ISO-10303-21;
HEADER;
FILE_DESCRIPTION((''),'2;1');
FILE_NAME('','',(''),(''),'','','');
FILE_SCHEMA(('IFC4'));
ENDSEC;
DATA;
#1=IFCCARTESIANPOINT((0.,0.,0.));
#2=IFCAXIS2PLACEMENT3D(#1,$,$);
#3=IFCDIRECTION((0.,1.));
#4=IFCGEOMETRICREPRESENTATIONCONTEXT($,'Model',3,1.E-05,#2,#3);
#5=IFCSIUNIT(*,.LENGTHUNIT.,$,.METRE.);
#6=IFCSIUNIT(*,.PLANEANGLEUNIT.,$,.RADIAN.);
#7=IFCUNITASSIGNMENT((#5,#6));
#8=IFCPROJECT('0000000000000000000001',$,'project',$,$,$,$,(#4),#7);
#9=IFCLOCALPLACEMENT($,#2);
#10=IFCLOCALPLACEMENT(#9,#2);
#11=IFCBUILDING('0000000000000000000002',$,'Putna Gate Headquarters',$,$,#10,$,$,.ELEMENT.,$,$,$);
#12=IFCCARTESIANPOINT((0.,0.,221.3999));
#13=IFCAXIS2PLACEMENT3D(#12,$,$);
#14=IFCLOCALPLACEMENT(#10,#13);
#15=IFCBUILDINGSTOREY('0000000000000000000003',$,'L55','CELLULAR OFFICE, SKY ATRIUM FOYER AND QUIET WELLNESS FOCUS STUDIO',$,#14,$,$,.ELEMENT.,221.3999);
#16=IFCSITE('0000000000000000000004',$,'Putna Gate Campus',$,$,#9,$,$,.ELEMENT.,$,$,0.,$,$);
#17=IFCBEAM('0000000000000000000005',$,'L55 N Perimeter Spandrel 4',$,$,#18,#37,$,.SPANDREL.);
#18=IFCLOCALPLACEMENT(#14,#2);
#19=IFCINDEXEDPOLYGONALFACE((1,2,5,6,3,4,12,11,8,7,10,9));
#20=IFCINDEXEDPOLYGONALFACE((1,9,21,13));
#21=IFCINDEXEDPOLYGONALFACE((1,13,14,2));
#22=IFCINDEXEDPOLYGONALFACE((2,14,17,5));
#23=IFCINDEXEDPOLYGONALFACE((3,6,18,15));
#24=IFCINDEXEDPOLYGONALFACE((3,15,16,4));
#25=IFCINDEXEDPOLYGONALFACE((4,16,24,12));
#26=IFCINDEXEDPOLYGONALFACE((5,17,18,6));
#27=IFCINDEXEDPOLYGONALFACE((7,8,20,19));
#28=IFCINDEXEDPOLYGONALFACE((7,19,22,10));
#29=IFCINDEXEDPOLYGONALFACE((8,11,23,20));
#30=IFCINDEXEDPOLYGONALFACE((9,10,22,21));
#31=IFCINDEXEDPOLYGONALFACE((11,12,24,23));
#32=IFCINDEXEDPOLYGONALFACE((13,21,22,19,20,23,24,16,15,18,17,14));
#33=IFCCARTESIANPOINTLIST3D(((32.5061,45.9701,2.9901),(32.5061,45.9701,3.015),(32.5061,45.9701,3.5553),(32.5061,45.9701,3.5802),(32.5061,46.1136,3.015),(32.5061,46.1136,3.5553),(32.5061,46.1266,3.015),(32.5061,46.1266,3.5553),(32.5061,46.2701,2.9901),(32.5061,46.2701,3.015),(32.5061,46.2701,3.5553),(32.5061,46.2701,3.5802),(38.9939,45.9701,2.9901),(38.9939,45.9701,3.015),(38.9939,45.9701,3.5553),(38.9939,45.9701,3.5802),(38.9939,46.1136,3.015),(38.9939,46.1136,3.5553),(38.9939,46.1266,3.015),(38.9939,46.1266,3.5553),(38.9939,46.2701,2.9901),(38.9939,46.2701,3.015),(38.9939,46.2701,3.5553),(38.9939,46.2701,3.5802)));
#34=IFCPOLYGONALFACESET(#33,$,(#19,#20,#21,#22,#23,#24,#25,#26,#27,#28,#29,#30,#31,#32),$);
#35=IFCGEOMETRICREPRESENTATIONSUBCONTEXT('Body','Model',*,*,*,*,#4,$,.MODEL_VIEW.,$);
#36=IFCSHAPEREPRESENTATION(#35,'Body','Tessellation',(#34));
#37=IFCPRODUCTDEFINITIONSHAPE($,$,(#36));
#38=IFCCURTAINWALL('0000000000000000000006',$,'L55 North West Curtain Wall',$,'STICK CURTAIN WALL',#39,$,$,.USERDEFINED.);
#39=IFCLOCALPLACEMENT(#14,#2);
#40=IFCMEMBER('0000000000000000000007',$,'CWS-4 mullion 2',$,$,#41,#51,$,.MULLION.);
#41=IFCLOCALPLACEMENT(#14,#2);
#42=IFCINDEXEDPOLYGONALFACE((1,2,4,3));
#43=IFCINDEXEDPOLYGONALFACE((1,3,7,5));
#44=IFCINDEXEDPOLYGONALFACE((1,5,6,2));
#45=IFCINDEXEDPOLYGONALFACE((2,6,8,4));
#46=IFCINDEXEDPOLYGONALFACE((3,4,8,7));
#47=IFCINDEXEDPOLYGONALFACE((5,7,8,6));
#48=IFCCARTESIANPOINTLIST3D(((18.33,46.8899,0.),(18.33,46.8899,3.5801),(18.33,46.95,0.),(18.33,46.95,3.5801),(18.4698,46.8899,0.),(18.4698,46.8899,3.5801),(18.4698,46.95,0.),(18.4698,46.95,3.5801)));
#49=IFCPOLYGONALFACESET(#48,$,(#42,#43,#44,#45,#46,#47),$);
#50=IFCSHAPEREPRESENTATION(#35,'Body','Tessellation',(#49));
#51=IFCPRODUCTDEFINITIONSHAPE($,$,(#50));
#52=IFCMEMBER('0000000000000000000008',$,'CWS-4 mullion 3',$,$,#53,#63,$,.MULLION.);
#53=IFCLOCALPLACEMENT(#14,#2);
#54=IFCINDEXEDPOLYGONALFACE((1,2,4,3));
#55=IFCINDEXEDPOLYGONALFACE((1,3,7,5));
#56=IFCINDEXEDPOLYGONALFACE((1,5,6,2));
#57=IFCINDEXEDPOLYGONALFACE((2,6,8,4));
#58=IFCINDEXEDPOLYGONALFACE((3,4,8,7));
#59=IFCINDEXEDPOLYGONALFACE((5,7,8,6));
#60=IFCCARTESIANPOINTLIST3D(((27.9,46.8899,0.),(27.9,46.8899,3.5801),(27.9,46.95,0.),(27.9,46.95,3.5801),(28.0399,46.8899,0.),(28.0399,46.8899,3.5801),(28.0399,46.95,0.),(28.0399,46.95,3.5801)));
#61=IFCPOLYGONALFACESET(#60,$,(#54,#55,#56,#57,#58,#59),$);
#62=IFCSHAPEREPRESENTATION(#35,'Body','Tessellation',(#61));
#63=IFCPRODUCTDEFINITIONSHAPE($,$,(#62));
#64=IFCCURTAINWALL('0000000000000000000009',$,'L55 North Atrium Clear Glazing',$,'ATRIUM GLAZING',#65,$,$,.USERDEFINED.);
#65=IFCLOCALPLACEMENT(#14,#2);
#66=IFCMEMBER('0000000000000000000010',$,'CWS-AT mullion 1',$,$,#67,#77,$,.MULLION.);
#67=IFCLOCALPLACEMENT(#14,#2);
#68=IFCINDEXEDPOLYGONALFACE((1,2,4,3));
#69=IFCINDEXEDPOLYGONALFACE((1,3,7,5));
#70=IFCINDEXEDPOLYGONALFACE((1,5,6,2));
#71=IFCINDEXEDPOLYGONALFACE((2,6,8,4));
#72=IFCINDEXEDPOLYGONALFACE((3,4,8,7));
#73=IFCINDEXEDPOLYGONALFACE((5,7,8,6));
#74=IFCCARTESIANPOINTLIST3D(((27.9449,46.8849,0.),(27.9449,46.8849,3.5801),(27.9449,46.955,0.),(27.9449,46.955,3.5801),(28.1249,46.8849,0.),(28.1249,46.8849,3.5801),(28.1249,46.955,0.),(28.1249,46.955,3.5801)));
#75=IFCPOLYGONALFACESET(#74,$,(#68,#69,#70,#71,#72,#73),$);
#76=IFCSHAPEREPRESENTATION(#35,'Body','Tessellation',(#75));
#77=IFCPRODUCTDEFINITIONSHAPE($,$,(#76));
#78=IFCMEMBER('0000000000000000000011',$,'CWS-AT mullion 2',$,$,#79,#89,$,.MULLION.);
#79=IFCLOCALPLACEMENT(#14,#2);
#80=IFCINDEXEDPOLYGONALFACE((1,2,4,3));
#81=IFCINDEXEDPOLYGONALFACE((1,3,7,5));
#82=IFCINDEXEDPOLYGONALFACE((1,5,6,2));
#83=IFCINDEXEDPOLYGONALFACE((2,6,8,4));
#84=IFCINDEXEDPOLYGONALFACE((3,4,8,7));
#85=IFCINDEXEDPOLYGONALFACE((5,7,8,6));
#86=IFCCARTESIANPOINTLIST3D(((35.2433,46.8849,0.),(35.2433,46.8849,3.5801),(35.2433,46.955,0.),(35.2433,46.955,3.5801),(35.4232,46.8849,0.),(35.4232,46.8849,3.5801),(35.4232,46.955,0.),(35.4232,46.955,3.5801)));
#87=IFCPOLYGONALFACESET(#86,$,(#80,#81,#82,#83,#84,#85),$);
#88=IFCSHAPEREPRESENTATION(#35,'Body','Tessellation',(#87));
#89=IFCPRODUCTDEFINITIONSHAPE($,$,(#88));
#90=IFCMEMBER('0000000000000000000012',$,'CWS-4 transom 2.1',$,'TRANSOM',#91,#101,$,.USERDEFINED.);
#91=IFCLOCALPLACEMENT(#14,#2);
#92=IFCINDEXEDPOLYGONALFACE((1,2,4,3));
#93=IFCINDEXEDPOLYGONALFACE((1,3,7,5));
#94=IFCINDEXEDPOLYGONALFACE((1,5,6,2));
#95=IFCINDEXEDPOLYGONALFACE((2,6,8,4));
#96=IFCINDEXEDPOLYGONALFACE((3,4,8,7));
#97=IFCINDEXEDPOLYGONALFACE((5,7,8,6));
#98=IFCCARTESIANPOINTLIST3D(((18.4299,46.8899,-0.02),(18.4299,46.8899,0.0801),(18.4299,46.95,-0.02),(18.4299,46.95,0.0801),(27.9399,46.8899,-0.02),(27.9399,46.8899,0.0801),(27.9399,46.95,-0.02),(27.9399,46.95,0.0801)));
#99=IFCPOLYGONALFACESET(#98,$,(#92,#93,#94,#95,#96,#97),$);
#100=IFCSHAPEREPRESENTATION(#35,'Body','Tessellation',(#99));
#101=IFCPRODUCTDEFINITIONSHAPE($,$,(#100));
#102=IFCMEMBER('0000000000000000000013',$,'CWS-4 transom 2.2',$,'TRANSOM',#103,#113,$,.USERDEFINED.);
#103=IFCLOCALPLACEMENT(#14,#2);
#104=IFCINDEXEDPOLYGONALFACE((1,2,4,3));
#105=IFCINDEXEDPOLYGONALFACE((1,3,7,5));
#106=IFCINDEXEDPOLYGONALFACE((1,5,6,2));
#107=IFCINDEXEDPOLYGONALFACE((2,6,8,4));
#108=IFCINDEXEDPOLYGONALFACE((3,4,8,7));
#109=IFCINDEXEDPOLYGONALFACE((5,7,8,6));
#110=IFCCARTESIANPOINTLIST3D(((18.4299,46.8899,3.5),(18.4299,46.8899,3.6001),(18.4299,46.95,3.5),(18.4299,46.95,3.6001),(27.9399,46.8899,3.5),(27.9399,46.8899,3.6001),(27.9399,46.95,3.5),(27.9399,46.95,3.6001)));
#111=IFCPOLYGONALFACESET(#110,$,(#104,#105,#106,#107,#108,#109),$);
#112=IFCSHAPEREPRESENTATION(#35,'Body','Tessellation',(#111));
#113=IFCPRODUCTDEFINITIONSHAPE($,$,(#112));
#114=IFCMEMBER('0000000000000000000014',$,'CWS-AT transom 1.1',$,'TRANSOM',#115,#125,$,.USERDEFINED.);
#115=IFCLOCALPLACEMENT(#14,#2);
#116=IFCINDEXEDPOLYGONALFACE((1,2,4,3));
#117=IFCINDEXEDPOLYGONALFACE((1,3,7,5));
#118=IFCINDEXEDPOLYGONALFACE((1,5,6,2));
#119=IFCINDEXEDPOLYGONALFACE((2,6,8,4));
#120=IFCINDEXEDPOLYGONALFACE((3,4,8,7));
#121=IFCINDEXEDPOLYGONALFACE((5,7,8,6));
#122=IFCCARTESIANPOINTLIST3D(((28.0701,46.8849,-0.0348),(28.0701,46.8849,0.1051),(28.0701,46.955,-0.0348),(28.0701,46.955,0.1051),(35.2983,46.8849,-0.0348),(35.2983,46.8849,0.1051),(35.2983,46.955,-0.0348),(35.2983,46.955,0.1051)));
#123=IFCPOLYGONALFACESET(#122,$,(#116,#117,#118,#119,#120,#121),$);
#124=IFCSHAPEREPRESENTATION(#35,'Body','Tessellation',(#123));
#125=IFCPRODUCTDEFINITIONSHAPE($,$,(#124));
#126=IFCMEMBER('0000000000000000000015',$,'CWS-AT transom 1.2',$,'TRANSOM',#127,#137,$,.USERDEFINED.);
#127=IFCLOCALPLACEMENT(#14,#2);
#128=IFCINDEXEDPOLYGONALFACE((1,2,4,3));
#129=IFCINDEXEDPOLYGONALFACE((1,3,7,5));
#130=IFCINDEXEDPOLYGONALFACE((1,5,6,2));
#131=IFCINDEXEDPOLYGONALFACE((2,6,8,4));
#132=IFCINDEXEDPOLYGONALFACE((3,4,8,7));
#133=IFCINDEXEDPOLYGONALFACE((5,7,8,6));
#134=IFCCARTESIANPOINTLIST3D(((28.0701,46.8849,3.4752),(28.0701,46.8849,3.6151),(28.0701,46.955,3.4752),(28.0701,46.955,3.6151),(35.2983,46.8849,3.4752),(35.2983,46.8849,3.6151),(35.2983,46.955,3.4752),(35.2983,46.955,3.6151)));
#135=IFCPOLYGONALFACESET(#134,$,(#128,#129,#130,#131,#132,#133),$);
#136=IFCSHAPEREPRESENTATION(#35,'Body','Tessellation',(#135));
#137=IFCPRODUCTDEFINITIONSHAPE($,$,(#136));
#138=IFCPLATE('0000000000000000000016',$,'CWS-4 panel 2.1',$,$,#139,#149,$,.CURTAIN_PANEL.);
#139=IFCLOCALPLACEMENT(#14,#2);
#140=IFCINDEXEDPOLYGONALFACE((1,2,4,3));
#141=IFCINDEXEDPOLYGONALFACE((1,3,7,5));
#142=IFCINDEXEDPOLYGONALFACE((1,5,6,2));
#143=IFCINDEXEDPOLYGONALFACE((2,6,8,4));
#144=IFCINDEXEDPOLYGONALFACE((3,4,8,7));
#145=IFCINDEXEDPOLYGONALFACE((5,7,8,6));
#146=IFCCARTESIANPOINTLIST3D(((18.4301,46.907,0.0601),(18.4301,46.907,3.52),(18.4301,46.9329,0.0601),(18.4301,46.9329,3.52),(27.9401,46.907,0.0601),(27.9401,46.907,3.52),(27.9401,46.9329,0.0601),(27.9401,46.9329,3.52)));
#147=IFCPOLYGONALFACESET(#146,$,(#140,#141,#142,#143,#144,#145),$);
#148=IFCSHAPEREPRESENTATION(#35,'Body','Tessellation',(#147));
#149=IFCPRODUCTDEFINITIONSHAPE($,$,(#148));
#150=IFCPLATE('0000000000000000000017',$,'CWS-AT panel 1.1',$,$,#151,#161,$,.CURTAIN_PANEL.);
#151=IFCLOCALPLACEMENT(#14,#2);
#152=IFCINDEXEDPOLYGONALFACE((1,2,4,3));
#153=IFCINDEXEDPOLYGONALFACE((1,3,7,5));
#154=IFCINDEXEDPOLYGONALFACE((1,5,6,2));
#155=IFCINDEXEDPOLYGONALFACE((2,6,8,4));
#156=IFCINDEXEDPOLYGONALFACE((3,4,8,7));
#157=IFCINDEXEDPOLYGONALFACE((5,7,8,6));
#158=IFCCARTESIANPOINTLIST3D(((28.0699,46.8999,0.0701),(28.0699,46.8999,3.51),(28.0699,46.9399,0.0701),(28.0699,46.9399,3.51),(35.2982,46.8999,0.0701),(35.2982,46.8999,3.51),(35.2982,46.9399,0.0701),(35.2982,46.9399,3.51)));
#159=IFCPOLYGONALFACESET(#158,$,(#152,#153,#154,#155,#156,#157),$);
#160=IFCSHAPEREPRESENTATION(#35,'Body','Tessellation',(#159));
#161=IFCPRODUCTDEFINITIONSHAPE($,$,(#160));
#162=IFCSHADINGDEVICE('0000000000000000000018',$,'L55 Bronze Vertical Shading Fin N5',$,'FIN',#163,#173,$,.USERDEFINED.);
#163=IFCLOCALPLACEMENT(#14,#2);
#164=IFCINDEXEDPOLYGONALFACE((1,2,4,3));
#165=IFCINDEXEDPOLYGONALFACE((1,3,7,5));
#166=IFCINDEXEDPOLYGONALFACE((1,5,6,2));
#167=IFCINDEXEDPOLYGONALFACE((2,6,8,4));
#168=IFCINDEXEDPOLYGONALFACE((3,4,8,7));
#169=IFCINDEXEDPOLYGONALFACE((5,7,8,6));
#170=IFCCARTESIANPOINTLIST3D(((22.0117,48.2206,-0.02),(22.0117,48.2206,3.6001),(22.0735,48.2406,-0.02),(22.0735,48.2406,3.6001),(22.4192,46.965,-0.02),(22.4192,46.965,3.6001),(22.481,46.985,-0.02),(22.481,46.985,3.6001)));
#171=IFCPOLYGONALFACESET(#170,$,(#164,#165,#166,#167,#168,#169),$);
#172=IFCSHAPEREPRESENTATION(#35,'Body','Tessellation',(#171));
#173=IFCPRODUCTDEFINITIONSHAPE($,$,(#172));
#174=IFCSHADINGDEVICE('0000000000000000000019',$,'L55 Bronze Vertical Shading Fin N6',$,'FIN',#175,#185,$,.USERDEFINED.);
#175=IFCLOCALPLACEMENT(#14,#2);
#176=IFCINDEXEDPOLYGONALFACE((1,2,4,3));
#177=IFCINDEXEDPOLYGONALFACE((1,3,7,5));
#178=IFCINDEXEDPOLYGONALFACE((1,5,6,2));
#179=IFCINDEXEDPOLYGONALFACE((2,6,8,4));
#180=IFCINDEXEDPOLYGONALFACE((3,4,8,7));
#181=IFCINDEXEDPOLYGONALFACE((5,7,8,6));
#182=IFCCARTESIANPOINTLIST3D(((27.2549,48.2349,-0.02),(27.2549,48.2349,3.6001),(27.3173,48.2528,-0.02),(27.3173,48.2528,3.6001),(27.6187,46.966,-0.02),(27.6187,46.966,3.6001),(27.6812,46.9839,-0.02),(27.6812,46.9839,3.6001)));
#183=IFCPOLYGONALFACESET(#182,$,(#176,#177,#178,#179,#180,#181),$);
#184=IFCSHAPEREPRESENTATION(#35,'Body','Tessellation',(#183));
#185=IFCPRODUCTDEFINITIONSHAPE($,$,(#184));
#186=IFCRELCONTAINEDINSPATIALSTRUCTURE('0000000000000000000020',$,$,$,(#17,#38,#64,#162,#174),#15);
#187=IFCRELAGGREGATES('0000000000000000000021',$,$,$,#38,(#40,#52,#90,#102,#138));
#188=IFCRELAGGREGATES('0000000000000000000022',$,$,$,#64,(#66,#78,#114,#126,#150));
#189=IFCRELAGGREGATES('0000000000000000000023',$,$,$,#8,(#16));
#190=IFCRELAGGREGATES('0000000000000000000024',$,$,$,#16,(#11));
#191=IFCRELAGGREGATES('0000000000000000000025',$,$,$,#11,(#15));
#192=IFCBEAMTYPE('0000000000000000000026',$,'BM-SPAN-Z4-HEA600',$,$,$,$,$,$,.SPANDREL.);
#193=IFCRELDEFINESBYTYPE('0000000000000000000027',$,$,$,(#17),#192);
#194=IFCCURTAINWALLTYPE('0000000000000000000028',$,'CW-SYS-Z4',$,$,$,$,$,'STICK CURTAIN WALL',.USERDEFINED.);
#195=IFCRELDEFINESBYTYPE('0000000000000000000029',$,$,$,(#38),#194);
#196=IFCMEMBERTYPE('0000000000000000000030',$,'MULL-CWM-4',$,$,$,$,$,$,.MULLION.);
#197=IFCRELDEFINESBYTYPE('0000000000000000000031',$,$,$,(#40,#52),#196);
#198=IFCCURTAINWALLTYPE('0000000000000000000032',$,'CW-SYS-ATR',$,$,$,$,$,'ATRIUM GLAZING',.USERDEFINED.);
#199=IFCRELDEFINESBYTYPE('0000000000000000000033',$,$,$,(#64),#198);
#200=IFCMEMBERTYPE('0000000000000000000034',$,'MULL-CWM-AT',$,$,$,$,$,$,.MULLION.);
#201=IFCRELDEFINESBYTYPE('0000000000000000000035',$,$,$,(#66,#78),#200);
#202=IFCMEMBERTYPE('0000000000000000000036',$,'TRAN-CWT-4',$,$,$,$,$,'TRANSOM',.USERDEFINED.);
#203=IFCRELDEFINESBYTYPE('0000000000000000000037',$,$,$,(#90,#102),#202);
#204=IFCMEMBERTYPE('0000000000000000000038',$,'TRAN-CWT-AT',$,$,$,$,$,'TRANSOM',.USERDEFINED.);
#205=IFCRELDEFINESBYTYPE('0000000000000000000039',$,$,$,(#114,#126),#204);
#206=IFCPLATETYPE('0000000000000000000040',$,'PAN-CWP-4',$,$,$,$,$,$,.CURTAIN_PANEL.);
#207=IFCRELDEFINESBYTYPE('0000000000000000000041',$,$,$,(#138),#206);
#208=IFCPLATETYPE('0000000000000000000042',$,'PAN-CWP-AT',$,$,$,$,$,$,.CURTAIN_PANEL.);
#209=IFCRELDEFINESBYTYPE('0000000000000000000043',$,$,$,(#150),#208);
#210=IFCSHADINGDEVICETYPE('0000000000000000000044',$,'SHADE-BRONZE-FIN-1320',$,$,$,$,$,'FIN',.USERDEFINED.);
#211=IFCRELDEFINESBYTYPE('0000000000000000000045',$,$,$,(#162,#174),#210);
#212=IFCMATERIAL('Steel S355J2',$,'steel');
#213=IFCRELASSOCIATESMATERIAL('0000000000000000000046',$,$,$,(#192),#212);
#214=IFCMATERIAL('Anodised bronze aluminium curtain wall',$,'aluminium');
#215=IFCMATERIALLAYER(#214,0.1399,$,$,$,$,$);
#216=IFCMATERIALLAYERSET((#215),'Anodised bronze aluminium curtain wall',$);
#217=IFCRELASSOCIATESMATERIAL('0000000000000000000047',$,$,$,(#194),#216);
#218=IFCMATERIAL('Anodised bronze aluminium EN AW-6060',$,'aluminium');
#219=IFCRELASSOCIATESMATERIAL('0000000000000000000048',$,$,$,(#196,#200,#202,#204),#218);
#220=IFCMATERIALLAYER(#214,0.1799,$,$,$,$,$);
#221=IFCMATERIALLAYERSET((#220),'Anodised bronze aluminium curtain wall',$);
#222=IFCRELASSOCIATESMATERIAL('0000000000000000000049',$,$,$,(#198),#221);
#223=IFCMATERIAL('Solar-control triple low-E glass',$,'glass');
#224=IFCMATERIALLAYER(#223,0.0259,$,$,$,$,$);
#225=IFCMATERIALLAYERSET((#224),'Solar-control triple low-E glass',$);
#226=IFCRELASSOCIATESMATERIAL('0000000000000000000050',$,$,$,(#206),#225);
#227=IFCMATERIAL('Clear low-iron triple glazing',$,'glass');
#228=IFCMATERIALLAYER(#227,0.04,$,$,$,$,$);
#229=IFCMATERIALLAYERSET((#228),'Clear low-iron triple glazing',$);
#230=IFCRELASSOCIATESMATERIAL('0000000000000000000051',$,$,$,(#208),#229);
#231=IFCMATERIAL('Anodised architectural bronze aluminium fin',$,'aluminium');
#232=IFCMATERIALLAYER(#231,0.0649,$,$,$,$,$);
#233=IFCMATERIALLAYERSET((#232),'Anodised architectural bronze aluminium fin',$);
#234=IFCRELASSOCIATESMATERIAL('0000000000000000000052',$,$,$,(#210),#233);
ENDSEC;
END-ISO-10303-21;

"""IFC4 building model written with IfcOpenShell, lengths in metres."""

from ifc_helpers import new_model, si_unit, direction, frame, origin, origin_2d, place, context, subcontext, project, spatial, rectangle, i_section, extrude, material, layer, layer_set, material_profile, profile_set, type_object, element, aggregate, save


model = new_model("IFC4")

# Units and contexts
model_context = context("Model", 3, precision=1e-05, world=origin(), true_north=direction((0.0, 1.0)))
body_context = subcontext(model_context, "Body", "Model", "MODEL_VIEW")
ifc_project = project(units=[si_unit("LENGTHUNIT", "METRE"), si_unit("PLANEANGLEUNIT", "RADIAN")], contexts=[model_context])

# Site, building, storey
site_placement = place(None, origin())
site = spatial("IfcSite", under=ifc_project, at=site_placement, Name="Putna Gate Campus", CompositionType="ELEMENT", RefElevation=0.0)
building_placement = place(site_placement, origin())
building = spatial("IfcBuilding", under=site, at=building_placement, Name="Putna Gate Headquarters", CompositionType="ELEMENT")
storey_placement = place(building_placement, frame((0.0, 0.0, 221.3999)))
storey = spatial("IfcBuildingStorey", under=building, at=storey_placement, Name="L55", Description="CELLULAR OFFICE, SKY ATRIUM FOYER AND QUIET WELLNESS FOCUS STUDIO", CompositionType="ELEMENT", Elevation=221.3999)

# Beam
ifc_material_1 = material(Name="Steel S355J2", Category="steel")
ifc_material_profile_1 = material_profile(ifc_material_1, i_section(OverallWidth=0.3, OverallDepth=0.5901, WebThickness=0.0129, FlangeThickness=0.0249, at=origin_2d()), Name="Steel S355J2")
ifc_profile_set_1 = profile_set([ifc_material_profile_1], Name="Steel S355J2")
beam_type_1 = type_object("IfcBeamType", Name="BM-SPAN-Z4-HEA600", PredefinedType="SPANDREL", material=ifc_profile_set_1)
for number, where, z_axis, x_axis, name in (
    (1, (32.5061, 46.1201, 3.2852), (1.0, 0.0, 0.0), (0.0, 1.0, 0.0), "L55 N Perimeter Spandrel 4"),
):
    element("IfcBeam", number, at=place(storey_placement, frame(where, z_axis=z_axis, x_axis=x_axis)), inside=storey, type_object=beam_type_1, Name=name, PredefinedType="SPANDREL", context=body_context, shape_type="SweptSolid", body=[
        extrude(i_section(OverallWidth=0.3, OverallDepth=0.5901, WebThickness=0.0129, FlangeThickness=0.0249, at=origin_2d()), origin(), (0.0, 0.0, 1.0), 6.4878),
    ])

# Curtain walls, members
ifc_material_2 = material(Name="Anodised bronze aluminium curtain wall", Category="aluminium")
ifc_layer_1 = layer(ifc_material_2, 0.1399)
ifc_layer_set_1 = layer_set([ifc_layer_1], Name="Anodised bronze aluminium curtain wall")
curtain_wall_type_1 = type_object("IfcCurtainWallType", Name="CW-SYS-Z4", ElementType="STICK CURTAIN WALL", PredefinedType="USERDEFINED", material=ifc_layer_set_1)
curtain_wall_1_placement = place(storey_placement, origin())
curtain_wall_1 = element("IfcCurtainWall", 2, at=curtain_wall_1_placement, inside=storey, type_object=curtain_wall_type_1, Name="L55 North West Curtain Wall", ObjectType="STICK CURTAIN WALL", PredefinedType="USERDEFINED")
ifc_material_3 = material(Name="Anodised bronze aluminium EN AW-6060", Category="aluminium")
ifc_material_profile_2 = material_profile(ifc_material_3, rectangle(XDim=0.0601, YDim=0.1399, at=origin_2d()), Name="Anodised bronze aluminium EN AW-6060")
ifc_profile_set_2 = profile_set([ifc_material_profile_2], Name="Anodised bronze aluminium EN AW-6060")
member_type_1 = type_object("IfcMemberType", Name="MULL-CWM-4", PredefinedType="MULLION", material=ifc_profile_set_2)
member_1_placement = place(storey_placement, frame((18.3999, 46.9199, 0.0), z_axis=(0.0, 0.0, 1.0), x_axis=(0.0, 1.0, 0.0)))
member_1 = element("IfcMember", 3, at=member_1_placement, type_object=member_type_1, Name="CWS-4 mullion 2", PredefinedType="MULLION", context=body_context, shape_type="SweptSolid", body=[
    extrude(rectangle(XDim=0.0601, YDim=0.1399, at=origin_2d()), origin(), (0.0, 0.0, 1.0), 3.5801),
])
member_2_placement = place(storey_placement, frame((27.97, 46.9199, 0.0), z_axis=(0.0, 0.0, 1.0), x_axis=(0.0, 1.0, 0.0)))
member_2 = element("IfcMember", 4, at=member_2_placement, type_object=member_type_1, Name="CWS-4 mullion 3", PredefinedType="MULLION", context=body_context, shape_type="SweptSolid", body=[
    extrude(rectangle(XDim=0.0601, YDim=0.1399, at=origin_2d()), origin(), (0.0, 0.0, 1.0), 3.5801),
])
ifc_layer_2 = layer(ifc_material_2, 0.1799)
ifc_layer_set_2 = layer_set([ifc_layer_2], Name="Anodised bronze aluminium curtain wall")
curtain_wall_type_2 = type_object("IfcCurtainWallType", Name="CW-SYS-ATR", ElementType="ATRIUM GLAZING", PredefinedType="USERDEFINED", material=ifc_layer_set_2)
curtain_wall_2_placement = place(storey_placement, origin())
curtain_wall_2 = element("IfcCurtainWall", 5, at=curtain_wall_2_placement, inside=storey, type_object=curtain_wall_type_2, Name="L55 North Atrium Clear Glazing", ObjectType="ATRIUM GLAZING", PredefinedType="USERDEFINED")
ifc_material_profile_3 = material_profile(ifc_material_3, rectangle(XDim=0.0701, YDim=0.1799, at=origin_2d()), Name="Anodised bronze aluminium EN AW-6060")
ifc_profile_set_3 = profile_set([ifc_material_profile_3], Name="Anodised bronze aluminium EN AW-6060")
member_type_2 = type_object("IfcMemberType", Name="MULL-CWM-AT", PredefinedType="MULLION", material=ifc_profile_set_3)
member_3_placement = place(storey_placement, frame((28.0349, 46.9199, 0.0), z_axis=(0.0, 0.0, 1.0), x_axis=(0.0, 1.0, 0.0)))
member_3 = element("IfcMember", 6, at=member_3_placement, type_object=member_type_2, Name="CWS-AT mullion 1", PredefinedType="MULLION", context=body_context, shape_type="SweptSolid", body=[
    extrude(rectangle(XDim=0.0701, YDim=0.1799, at=origin_2d()), origin(), (0.0, 0.0, 1.0), 3.5801),
])
member_4_placement = place(storey_placement, frame((35.3333, 46.9199, 0.0), z_axis=(0.0, 0.0, 1.0), x_axis=(0.0, 1.0, 0.0)))
member_4 = element("IfcMember", 7, at=member_4_placement, type_object=member_type_2, Name="CWS-AT mullion 2", PredefinedType="MULLION", context=body_context, shape_type="SweptSolid", body=[
    extrude(rectangle(XDim=0.0701, YDim=0.1799, at=origin_2d()), origin(), (0.0, 0.0, 1.0), 3.5801),
])

# Members
ifc_material_profile_4 = material_profile(ifc_material_3, rectangle(XDim=0.0601, YDim=0.1001, at=origin_2d()), Name="Anodised bronze aluminium EN AW-6060")
ifc_profile_set_4 = profile_set([ifc_material_profile_4], Name="Anodised bronze aluminium EN AW-6060")
member_type_3 = type_object("IfcMemberType", Name="TRAN-CWT-4", ElementType="TRANSOM", PredefinedType="USERDEFINED", material=ifc_profile_set_4)
member_5_placement = place(storey_placement, frame((18.4299, 46.9199, 0.03), z_axis=(1.0, 0.0, 0.0), x_axis=(0.0, 1.0, 0.0)))
member_5 = element("IfcMember", 8, at=member_5_placement, type_object=member_type_3, Name="CWS-4 transom 2.1", ObjectType="TRANSOM", PredefinedType="USERDEFINED", context=body_context, shape_type="SweptSolid", body=[
    extrude(rectangle(XDim=0.0601, YDim=0.1001, at=origin_2d()), origin(), (0.0, 0.0, 1.0), 9.51),
])
member_6_placement = place(storey_placement, frame((18.4299, 46.9199, 3.55), z_axis=(1.0, 0.0, 0.0), x_axis=(0.0, 1.0, 0.0)))
member_6 = element("IfcMember", 9, at=member_6_placement, type_object=member_type_3, Name="CWS-4 transom 2.2", ObjectType="TRANSOM", PredefinedType="USERDEFINED", context=body_context, shape_type="SweptSolid", body=[
    extrude(rectangle(XDim=0.0601, YDim=0.1001, at=origin_2d()), origin(), (0.0, 0.0, 1.0), 9.51),
])
ifc_material_profile_5 = material_profile(ifc_material_3, rectangle(XDim=0.0701, YDim=0.1399, at=origin_2d()), Name="Anodised bronze aluminium EN AW-6060")
ifc_profile_set_5 = profile_set([ifc_material_profile_5], Name="Anodised bronze aluminium EN AW-6060")
member_type_4 = type_object("IfcMemberType", Name="TRAN-CWT-AT", ElementType="TRANSOM", PredefinedType="USERDEFINED", material=ifc_profile_set_5)
member_7_placement = place(storey_placement, frame((28.0701, 46.9199, 0.0352), z_axis=(1.0, 0.0, 0.0), x_axis=(0.0, 1.0, 0.0)))
member_7 = element("IfcMember", 10, at=member_7_placement, type_object=member_type_4, Name="CWS-AT transom 1.1", ObjectType="TRANSOM", PredefinedType="USERDEFINED", context=body_context, shape_type="SweptSolid", body=[
    extrude(rectangle(XDim=0.0701, YDim=0.1399, at=origin_2d()), origin(), (0.0, 0.0, 1.0), 7.2283),
])
member_8_placement = place(storey_placement, frame((28.0701, 46.9199, 3.5452), z_axis=(1.0, 0.0, 0.0), x_axis=(0.0, 1.0, 0.0)))
member_8 = element("IfcMember", 11, at=member_8_placement, type_object=member_type_4, Name="CWS-AT transom 1.2", ObjectType="TRANSOM", PredefinedType="USERDEFINED", context=body_context, shape_type="SweptSolid", body=[
    extrude(rectangle(XDim=0.0701, YDim=0.1399, at=origin_2d()), origin(), (0.0, 0.0, 1.0), 7.2283),
])

# Plates
ifc_material_4 = material(Name="Solar-control triple low-E glass", Category="glass")
ifc_layer_3 = layer(ifc_material_4, 0.0259)
ifc_layer_set_3 = layer_set([ifc_layer_3], Name="Solar-control triple low-E glass")
plate_type_1 = type_object("IfcPlateType", Name="PAN-CWP-4", PredefinedType="CURTAIN_PANEL", material=ifc_layer_set_3)
plate_1_placement = place(storey_placement, frame((23.1851, 46.9199, 0.0601), z_axis=(0.0, 0.0, 1.0), x_axis=(1.0, 0.0, 0.0)))
plate_1 = element("IfcPlate", 12, at=plate_1_placement, type_object=plate_type_1, Name="CWS-4 panel 2.1", PredefinedType="CURTAIN_PANEL", context=body_context, shape_type="SweptSolid", body=[
    extrude(rectangle(XDim=9.51, YDim=0.0259, at=origin_2d()), origin(), (0.0, 0.0, 1.0), 3.46),
])
aggregate(curtain_wall_1, [member_1, member_2, member_5, member_6, plate_1])
ifc_material_5 = material(Name="Clear low-iron triple glazing", Category="glass")
ifc_layer_4 = layer(ifc_material_5, 0.04)
ifc_layer_set_4 = layer_set([ifc_layer_4], Name="Clear low-iron triple glazing")
plate_type_2 = type_object("IfcPlateType", Name="PAN-CWP-AT", PredefinedType="CURTAIN_PANEL", material=ifc_layer_set_4)
plate_2_placement = place(storey_placement, frame((31.6841, 46.9199, 0.0701), z_axis=(0.0, 0.0, 1.0), x_axis=(1.0, 0.0, 0.0)))
plate_2 = element("IfcPlate", 13, at=plate_2_placement, type_object=plate_type_2, Name="CWS-AT panel 1.1", PredefinedType="CURTAIN_PANEL", context=body_context, shape_type="SweptSolid", body=[
    extrude(rectangle(XDim=7.2283, YDim=0.04, at=origin_2d()), origin(), (0.0, 0.0, 1.0), 3.4399),
])
aggregate(curtain_wall_2, [member_3, member_4, member_7, member_8, plate_2])

# Shading devices
ifc_material_6 = material(Name="Anodised architectural bronze aluminium fin", Category="aluminium")
ifc_layer_5 = layer(ifc_material_6, 0.0649)
ifc_layer_set_5 = layer_set([ifc_layer_5], Name="Anodised architectural bronze aluminium fin")
shading_device_type = type_object("IfcShadingDeviceType", Name="SHADE-BRONZE-FIN-1320", ElementType="FIN", PredefinedType="USERDEFINED", material=ifc_layer_set_5)
for number, where, z_axis, x_axis, name in (
    (14, (22.2463, 47.6028, -0.02), (0.0, 0.0, 1.0), (-0.308685, 0.951164, 0.0), "L55 Bronze Vertical Shading Fin N5"),
    (15, (27.468, 47.6094, -0.02), (0.0, 0.0, 1.0), (-0.275637, 0.961262, 0.0), "L55 Bronze Vertical Shading Fin N6"),
):
    element("IfcShadingDevice", number, at=place(storey_placement, frame(where, z_axis=z_axis, x_axis=x_axis)), inside=storey, type_object=shading_device_type, Name=name, ObjectType="FIN", PredefinedType="USERDEFINED", context=body_context, shape_type="SweptSolid", body=[
        extrude(rectangle(XDim=1.3201, YDim=0.0649, at=origin_2d()), origin(), (0.0, 0.0, 1.0), 3.6201),
    ])

save(model, "model.ifc")
